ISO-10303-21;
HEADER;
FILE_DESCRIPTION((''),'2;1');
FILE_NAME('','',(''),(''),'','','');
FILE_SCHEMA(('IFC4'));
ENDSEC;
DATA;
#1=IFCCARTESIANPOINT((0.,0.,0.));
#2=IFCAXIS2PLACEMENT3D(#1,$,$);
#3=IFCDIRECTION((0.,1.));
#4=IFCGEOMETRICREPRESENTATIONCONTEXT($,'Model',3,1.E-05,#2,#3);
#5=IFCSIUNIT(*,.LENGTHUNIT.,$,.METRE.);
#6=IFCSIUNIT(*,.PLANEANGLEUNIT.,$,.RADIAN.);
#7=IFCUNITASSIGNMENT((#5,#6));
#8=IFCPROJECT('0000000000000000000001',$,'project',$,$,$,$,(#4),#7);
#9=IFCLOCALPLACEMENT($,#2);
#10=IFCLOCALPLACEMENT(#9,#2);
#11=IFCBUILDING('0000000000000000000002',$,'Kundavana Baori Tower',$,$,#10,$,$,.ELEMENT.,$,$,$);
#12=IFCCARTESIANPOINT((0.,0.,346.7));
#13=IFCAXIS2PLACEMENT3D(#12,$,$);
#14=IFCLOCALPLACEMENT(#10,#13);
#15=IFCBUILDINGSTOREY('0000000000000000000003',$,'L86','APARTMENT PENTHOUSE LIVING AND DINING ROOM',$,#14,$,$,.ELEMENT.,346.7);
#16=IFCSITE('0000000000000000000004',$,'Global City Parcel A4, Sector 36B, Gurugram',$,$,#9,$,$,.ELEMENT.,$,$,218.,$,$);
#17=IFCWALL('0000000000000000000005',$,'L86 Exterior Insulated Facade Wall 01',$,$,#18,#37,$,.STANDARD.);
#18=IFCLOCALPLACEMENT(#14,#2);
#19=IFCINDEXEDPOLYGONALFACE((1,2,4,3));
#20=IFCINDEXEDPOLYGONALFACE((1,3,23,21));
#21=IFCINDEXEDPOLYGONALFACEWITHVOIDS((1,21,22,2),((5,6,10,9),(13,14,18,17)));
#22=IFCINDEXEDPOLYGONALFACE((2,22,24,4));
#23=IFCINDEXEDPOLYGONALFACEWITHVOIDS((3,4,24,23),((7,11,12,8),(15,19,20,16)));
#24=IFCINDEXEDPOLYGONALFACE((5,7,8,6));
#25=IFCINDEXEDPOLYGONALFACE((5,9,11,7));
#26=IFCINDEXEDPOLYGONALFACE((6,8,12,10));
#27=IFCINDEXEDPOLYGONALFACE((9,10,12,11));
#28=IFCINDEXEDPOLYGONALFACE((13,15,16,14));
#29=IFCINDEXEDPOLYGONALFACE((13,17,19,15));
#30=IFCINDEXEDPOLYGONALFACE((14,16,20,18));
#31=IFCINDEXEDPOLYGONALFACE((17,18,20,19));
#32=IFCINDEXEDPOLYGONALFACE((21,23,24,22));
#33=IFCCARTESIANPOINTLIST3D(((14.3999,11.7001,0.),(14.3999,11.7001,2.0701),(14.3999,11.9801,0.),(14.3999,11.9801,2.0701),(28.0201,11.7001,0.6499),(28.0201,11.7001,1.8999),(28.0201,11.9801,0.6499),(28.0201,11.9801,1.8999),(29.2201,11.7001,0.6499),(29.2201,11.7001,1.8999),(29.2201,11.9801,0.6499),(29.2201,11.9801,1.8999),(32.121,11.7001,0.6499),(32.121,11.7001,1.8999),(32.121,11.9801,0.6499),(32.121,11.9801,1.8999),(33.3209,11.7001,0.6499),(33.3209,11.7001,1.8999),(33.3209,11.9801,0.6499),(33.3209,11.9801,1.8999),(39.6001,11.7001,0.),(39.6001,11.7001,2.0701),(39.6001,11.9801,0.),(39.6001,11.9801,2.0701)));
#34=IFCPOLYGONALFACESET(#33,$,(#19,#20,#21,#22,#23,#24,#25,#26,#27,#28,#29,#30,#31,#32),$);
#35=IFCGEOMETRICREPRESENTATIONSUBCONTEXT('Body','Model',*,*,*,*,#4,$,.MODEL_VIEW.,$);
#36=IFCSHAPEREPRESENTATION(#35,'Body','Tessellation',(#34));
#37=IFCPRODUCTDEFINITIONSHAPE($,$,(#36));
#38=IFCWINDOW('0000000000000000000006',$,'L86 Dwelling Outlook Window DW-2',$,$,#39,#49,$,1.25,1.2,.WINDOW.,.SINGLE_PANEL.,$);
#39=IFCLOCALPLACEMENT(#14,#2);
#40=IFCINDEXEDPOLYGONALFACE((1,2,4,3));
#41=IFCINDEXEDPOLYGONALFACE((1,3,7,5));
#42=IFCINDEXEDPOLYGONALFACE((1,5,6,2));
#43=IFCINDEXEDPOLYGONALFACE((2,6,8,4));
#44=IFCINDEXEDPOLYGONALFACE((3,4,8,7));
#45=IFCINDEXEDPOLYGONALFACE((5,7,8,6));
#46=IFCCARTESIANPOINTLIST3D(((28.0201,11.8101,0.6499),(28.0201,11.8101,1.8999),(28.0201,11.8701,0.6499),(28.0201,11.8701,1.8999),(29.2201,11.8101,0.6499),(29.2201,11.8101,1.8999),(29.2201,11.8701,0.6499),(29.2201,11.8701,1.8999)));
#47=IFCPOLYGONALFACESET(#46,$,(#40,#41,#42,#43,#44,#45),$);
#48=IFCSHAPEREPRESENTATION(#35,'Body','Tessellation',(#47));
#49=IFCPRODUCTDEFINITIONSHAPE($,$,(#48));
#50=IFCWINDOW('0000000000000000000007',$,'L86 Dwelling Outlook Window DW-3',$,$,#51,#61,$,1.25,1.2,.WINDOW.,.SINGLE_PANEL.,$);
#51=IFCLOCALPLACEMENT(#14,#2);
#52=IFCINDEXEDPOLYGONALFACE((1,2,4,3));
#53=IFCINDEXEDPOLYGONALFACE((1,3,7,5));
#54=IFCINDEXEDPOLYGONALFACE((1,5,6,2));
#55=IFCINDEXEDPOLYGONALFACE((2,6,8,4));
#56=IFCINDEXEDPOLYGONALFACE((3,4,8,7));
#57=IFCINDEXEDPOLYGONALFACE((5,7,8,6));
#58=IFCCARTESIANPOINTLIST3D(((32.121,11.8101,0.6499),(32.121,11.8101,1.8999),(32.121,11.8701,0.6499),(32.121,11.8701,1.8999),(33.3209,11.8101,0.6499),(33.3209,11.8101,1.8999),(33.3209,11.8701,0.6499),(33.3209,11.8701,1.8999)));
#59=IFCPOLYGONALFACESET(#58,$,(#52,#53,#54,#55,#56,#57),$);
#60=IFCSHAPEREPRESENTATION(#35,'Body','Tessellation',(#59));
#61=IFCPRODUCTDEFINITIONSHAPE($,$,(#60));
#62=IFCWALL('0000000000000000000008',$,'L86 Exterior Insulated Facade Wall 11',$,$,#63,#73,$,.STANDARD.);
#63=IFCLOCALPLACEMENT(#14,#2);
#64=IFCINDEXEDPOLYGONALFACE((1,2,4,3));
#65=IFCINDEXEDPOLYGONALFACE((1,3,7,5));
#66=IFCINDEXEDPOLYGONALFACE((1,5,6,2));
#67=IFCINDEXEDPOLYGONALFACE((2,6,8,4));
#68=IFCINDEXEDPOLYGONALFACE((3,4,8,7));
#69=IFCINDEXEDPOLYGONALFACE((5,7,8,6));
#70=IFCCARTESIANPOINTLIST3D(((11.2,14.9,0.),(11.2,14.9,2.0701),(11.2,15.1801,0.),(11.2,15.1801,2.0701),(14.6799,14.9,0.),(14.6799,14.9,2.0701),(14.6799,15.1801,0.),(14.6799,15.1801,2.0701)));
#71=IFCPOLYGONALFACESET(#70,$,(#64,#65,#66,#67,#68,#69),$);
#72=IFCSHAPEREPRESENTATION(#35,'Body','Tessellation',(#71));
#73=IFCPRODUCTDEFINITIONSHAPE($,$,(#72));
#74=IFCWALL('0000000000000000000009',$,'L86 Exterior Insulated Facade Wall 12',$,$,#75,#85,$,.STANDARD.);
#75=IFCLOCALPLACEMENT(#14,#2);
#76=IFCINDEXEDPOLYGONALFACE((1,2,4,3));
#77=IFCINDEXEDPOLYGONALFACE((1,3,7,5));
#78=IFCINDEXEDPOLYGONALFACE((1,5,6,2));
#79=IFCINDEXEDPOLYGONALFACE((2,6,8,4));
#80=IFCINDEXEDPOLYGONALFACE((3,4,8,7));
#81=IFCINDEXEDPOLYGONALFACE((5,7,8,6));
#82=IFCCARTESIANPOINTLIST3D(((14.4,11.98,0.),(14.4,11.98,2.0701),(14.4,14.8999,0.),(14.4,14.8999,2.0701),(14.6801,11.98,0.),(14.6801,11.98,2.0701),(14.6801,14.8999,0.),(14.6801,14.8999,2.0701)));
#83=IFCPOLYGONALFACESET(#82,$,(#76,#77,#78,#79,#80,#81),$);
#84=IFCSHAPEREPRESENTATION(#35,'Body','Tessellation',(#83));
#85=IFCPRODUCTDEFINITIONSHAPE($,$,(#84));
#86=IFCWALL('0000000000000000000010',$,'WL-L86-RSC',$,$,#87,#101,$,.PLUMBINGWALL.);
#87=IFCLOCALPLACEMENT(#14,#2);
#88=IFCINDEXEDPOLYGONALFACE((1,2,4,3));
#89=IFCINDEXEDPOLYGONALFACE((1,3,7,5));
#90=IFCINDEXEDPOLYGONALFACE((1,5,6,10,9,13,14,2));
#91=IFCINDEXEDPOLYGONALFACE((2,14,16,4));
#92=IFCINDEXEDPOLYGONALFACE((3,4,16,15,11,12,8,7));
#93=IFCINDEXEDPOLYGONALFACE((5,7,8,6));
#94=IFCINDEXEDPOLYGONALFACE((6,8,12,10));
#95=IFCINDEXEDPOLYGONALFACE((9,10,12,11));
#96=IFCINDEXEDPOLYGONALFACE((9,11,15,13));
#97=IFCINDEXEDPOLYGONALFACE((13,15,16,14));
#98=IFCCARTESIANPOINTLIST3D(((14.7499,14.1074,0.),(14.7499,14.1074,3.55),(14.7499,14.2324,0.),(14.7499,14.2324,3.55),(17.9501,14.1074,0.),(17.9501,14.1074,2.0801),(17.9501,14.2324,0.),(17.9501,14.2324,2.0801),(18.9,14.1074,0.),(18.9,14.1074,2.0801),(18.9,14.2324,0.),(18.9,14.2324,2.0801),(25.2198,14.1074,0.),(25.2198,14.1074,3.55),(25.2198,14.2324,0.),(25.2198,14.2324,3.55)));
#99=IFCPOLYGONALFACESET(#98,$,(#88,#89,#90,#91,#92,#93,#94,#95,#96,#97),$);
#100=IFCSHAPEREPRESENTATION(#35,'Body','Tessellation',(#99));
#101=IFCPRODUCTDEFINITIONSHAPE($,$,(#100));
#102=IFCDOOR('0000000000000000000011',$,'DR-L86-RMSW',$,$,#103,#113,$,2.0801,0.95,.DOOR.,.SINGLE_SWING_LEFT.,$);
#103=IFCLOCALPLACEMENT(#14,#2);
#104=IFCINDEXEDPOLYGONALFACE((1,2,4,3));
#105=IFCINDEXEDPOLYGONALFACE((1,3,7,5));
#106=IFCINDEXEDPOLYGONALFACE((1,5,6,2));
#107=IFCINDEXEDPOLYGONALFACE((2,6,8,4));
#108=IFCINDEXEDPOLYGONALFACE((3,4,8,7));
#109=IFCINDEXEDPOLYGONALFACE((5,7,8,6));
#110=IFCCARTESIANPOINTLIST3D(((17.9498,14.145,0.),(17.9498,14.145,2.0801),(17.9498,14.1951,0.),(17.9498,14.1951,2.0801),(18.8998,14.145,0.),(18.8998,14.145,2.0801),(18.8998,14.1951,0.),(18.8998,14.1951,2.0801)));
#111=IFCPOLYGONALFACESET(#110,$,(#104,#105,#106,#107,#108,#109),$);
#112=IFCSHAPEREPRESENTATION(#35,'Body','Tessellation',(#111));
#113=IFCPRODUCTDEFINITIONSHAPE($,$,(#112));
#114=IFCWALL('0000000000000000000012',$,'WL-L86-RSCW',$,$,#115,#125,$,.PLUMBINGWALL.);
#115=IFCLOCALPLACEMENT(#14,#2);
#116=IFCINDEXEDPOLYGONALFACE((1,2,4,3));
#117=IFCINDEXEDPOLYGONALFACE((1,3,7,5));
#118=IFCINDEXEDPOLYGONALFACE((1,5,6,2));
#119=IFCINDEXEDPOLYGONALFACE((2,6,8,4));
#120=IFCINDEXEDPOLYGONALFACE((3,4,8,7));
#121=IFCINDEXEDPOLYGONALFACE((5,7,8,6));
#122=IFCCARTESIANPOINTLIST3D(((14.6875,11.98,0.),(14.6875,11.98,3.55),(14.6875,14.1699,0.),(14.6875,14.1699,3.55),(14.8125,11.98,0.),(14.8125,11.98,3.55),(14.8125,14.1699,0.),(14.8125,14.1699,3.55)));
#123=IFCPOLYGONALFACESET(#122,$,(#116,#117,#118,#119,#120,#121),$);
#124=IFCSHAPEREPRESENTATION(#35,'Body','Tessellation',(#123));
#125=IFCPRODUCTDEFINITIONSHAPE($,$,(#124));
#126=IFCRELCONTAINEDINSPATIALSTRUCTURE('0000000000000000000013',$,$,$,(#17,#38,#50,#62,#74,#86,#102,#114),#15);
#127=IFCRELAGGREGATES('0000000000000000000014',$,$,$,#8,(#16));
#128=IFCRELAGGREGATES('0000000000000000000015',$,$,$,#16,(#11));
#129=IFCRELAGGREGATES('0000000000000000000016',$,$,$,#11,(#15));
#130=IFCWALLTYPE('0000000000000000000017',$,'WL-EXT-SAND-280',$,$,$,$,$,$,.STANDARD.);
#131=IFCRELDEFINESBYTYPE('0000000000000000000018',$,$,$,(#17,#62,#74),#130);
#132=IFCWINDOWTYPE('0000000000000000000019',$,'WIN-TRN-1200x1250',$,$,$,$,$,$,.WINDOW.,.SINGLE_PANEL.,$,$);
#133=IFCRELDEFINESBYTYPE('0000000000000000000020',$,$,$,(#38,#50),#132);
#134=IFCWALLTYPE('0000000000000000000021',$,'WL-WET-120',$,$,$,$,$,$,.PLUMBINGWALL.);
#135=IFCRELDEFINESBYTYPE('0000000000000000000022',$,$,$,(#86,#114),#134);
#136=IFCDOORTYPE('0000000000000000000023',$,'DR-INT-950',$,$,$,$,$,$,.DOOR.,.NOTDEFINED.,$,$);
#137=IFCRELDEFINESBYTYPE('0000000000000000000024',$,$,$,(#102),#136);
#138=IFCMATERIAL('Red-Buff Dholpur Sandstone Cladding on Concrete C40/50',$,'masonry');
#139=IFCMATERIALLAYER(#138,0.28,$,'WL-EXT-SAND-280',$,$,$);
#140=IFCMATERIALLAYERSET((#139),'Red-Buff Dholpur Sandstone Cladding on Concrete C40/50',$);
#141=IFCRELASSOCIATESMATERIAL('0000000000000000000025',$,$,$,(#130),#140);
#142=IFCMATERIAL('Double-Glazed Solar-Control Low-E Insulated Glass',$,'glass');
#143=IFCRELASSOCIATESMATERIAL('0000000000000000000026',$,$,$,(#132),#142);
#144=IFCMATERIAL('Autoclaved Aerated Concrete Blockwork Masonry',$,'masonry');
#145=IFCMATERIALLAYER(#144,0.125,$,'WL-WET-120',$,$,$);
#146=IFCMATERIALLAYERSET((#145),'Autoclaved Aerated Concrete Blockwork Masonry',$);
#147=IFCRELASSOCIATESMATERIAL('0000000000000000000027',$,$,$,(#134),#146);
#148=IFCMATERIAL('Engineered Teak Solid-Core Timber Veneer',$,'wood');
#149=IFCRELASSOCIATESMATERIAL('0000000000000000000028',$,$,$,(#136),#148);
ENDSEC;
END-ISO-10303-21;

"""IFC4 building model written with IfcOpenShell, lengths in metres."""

from ifc_helpers import new_model, si_unit, direction, frame, frame_2d, origin, place, context, subcontext, project, spatial, rectangle, extrude, material, layer, layer_set, type_object, element, fill, save


model = new_model("IFC4")

# Units and contexts
model_context = context("Model", 3, precision=1e-05, world=origin(), true_north=direction((0.0, 1.0)))
body_context = subcontext(model_context, "Body", "Model", "MODEL_VIEW")
ifc_project = project(units=[si_unit("LENGTHUNIT", "METRE"), si_unit("PLANEANGLEUNIT", "RADIAN")], contexts=[model_context])

# Site, building, storey
site_placement = place(None, origin())
site = spatial("IfcSite", under=ifc_project, at=site_placement, Name="Global City Parcel A4, Sector 36B, Gurugram", CompositionType="ELEMENT", RefElevation=218.0)
building_placement = place(site_placement, origin())
building = spatial("IfcBuilding", under=site, at=building_placement, Name="Kundavana Baori Tower", CompositionType="ELEMENT")
storey_placement = place(building_placement, frame((0.0, 0.0, 346.7)))
storey = spatial("IfcBuildingStorey", under=building, at=storey_placement, Name="L86", Description="APARTMENT PENTHOUSE LIVING AND DINING ROOM", CompositionType="ELEMENT", Elevation=346.7)

# Wall, openings, windows
ifc_material_1 = material(Name="Red-Buff Dholpur Sandstone Cladding on Concrete C40/50", Category="masonry")
ifc_layer_1 = layer(ifc_material_1, 0.28, Name="WL-EXT-SAND-280")
ifc_layer_set_1 = layer_set([ifc_layer_1], Name="Red-Buff Dholpur Sandstone Cladding on Concrete C40/50")
wall_type_1 = type_object("IfcWallType", Name="WL-EXT-SAND-280", PredefinedType="STANDARD", material=ifc_layer_set_1)
wall_1_placement = place(storey_placement, frame((14.3999, 11.8401, 0.0), z_axis=(0.0, 0.0, 1.0), x_axis=(1.0, 0.0, 0.0)))
wall_1 = element("IfcWall", 1, at=wall_1_placement, inside=storey, type_object=wall_type_1, Name="L86 Exterior Insulated Facade Wall 01", PredefinedType="STANDARD", context=body_context, shape_type="SweptSolid", body=[
    extrude(rectangle(XDim=25.2002, YDim=0.28, at=frame_2d((12.6001, 0.0))), origin(), (0.0, 0.0, 1.0), 2.0701),
])
opening_1_placement = place(wall_1_placement, frame((13.6201, 0.0, 0.6499)))
opening_1 = element("IfcOpeningElement", 2, at=opening_1_placement, cuts=wall_1, PredefinedType="OPENING", context=body_context, shape_type="SweptSolid", body=[
    extrude(rectangle(XDim=1.2, YDim=1.25, at=frame_2d((0.6001, 0.625))), frame((0.0, 0.1499, 0.0), z_axis=(0.0, -1.0, 0.0), x_axis=(1.0, 0.0, 0.0)), (0.0, 0.0, 1.0), 0.3),
])
opening_2_placement = place(wall_1_placement, frame((17.7209, 0.0, 0.6499)))
opening_2 = element("IfcOpeningElement", 3, at=opening_2_placement, cuts=wall_1, PredefinedType="OPENING", context=body_context, shape_type="SweptSolid", body=[
    extrude(rectangle(XDim=1.2, YDim=1.25, at=frame_2d((0.6001, 0.625))), frame((0.0, 0.1499, 0.0), z_axis=(0.0, -1.0, 0.0), x_axis=(1.0, 0.0, 0.0)), (0.0, 0.0, 1.0), 0.3),
])
ifc_material_2 = material(Name="Double-Glazed Solar-Control Low-E Insulated Glass", Category="glass")
window_type = type_object("IfcWindowType", Name="WIN-TRN-1200x1250", PartitioningType="SINGLE_PANEL", PredefinedType="WINDOW", material=ifc_material_2)
window_1_placement = place(opening_1_placement, origin())
window_1 = element("IfcWindow", 4, at=window_1_placement, inside=storey, type_object=window_type, Name="L86 Dwelling Outlook Window DW-2", OverallHeight=1.25, OverallWidth=1.2, PartitioningType="SINGLE_PANEL", PredefinedType="WINDOW", context=body_context, shape_type="SweptSolid", body=[
    extrude(rectangle(XDim=1.2, YDim=1.25, at=frame_2d((0.6001, 0.625))), frame((0.0, 0.03, 0.0), z_axis=(0.0, -1.0, 0.0), x_axis=(1.0, 0.0, 0.0)), (0.0, 0.0, 1.0), 0.0601),
])
fill(opening_1, window_1)
window_2_placement = place(opening_2_placement, origin())
window_2 = element("IfcWindow", 5, at=window_2_placement, inside=storey, type_object=window_type, Name="L86 Dwelling Outlook Window DW-3", OverallHeight=1.25, OverallWidth=1.2, PartitioningType="SINGLE_PANEL", PredefinedType="WINDOW", context=body_context, shape_type="SweptSolid", body=[
    extrude(rectangle(XDim=1.2, YDim=1.25, at=frame_2d((0.6001, 0.625))), frame((0.0, 0.03, 0.0), z_axis=(0.0, -1.0, 0.0), x_axis=(1.0, 0.0, 0.0)), (0.0, 0.0, 1.0), 0.0601),
])
fill(opening_2, window_2)

# Walls
wall_2_placement = place(storey_placement, frame((11.2, 15.04, 0.0), z_axis=(0.0, 0.0, 1.0), x_axis=(1.0, 0.0, 0.0)))
element("IfcWall", 6, at=wall_2_placement, inside=storey, type_object=wall_type_1, Name="L86 Exterior Insulated Facade Wall 11", PredefinedType="STANDARD", context=body_context, shape_type="SweptSolid", body=[
    extrude(rectangle(XDim=3.48, YDim=0.28, at=frame_2d((1.74, 0.0))), origin(), (0.0, 0.0, 1.0), 2.0701),
])
wall_3_placement = place(storey_placement, frame((14.54, 14.8999, 0.0), z_axis=(0.0, 0.0, 1.0), x_axis=(0.0, -1.0, 0.0)))
element("IfcWall", 7, at=wall_3_placement, inside=storey, type_object=wall_type_1, Name="L86 Exterior Insulated Facade Wall 12", PredefinedType="STANDARD", context=body_context, shape_type="SweptSolid", body=[
    extrude(rectangle(XDim=2.9199, YDim=0.28, at=frame_2d((1.46, 0.0))), origin(), (0.0, 0.0, 1.0), 2.0701),
])

# Wall, opening, door
ifc_material_3 = material(Name="Autoclaved Aerated Concrete Blockwork Masonry", Category="masonry")
ifc_layer_2 = layer(ifc_material_3, 0.125, Name="WL-WET-120")
ifc_layer_set_2 = layer_set([ifc_layer_2], Name="Autoclaved Aerated Concrete Blockwork Masonry")
wall_type_2 = type_object("IfcWallType", Name="WL-WET-120", PredefinedType="PLUMBINGWALL", material=ifc_layer_set_2)
wall_4_placement = place(storey_placement, frame((14.75, 14.1699, 0.0), z_axis=(0.0, 0.0, 1.0), x_axis=(1.0, 0.0, 0.0)))
wall_4 = element("IfcWall", 8, at=wall_4_placement, inside=storey, type_object=wall_type_2, Name="WL-L86-RSC", PredefinedType="PLUMBINGWALL", context=body_context, shape_type="SweptSolid", body=[
    extrude(rectangle(XDim=10.47, YDim=0.125, at=frame_2d((5.2349, 0.0))), origin(), (0.0, 0.0, 1.0), 3.55),
])
opening_3_placement = place(wall_4_placement, frame((3.2, 0.0, 0.0)))
opening_3 = element("IfcOpeningElement", 9, at=opening_3_placement, cuts=wall_4, PredefinedType="OPENING", context=body_context, shape_type="SweptSolid", body=[
    extrude(rectangle(XDim=0.95, YDim=2.0801, at=frame_2d((0.4751, 1.04))), frame((0.0, 0.0725, 0.0), z_axis=(0.0, -1.0, 0.0), x_axis=(1.0, 0.0, 0.0)), (0.0, 0.0, 1.0), 0.145),
])
ifc_material_4 = material(Name="Engineered Teak Solid-Core Timber Veneer", Category="wood")
door_type_1 = type_object("IfcDoorType", Name="DR-INT-950", OperationType="NOTDEFINED", PredefinedType="DOOR", material=ifc_material_4)
door_1_placement = place(opening_3_placement, frame((0.95, 0.0, 0.0), z_axis=(0.0, 0.0, 1.0), x_axis=(-1.0, 0.0, 0.0)))
door_1 = element("IfcDoor", 10, at=door_1_placement, inside=storey, type_object=door_type_1, Name="DR-L86-RMSW", OperationType="SINGLE_SWING_LEFT", OverallHeight=2.0801, OverallWidth=0.95, PredefinedType="DOOR", context=body_context, shape_type="SweptSolid", body=[
    extrude(rectangle(XDim=0.95, YDim=2.0801, at=frame_2d((0.4751, 1.04))), frame((0.0, 0.0249, 0.0), z_axis=(0.0, -1.0, 0.0), x_axis=(1.0, 0.0, 0.0)), (0.0, 0.0, 1.0), 0.05),
])
fill(opening_3, door_1)

# Wall
wall_5_placement = place(storey_placement, frame((14.75, 11.98, 0.0), z_axis=(0.0, 0.0, 1.0), x_axis=(0.0, 1.0, 0.0)))
element("IfcWall", 11, at=wall_5_placement, inside=storey, type_object=wall_type_2, Name="WL-L86-RSCW", PredefinedType="PLUMBINGWALL", context=body_context, shape_type="SweptSolid", body=[
    extrude(rectangle(XDim=2.1899, YDim=0.125, at=frame_2d((1.095, 0.0))), origin(), (0.0, 0.0, 1.0), 3.55),
])

save(model, "model.ifc")
